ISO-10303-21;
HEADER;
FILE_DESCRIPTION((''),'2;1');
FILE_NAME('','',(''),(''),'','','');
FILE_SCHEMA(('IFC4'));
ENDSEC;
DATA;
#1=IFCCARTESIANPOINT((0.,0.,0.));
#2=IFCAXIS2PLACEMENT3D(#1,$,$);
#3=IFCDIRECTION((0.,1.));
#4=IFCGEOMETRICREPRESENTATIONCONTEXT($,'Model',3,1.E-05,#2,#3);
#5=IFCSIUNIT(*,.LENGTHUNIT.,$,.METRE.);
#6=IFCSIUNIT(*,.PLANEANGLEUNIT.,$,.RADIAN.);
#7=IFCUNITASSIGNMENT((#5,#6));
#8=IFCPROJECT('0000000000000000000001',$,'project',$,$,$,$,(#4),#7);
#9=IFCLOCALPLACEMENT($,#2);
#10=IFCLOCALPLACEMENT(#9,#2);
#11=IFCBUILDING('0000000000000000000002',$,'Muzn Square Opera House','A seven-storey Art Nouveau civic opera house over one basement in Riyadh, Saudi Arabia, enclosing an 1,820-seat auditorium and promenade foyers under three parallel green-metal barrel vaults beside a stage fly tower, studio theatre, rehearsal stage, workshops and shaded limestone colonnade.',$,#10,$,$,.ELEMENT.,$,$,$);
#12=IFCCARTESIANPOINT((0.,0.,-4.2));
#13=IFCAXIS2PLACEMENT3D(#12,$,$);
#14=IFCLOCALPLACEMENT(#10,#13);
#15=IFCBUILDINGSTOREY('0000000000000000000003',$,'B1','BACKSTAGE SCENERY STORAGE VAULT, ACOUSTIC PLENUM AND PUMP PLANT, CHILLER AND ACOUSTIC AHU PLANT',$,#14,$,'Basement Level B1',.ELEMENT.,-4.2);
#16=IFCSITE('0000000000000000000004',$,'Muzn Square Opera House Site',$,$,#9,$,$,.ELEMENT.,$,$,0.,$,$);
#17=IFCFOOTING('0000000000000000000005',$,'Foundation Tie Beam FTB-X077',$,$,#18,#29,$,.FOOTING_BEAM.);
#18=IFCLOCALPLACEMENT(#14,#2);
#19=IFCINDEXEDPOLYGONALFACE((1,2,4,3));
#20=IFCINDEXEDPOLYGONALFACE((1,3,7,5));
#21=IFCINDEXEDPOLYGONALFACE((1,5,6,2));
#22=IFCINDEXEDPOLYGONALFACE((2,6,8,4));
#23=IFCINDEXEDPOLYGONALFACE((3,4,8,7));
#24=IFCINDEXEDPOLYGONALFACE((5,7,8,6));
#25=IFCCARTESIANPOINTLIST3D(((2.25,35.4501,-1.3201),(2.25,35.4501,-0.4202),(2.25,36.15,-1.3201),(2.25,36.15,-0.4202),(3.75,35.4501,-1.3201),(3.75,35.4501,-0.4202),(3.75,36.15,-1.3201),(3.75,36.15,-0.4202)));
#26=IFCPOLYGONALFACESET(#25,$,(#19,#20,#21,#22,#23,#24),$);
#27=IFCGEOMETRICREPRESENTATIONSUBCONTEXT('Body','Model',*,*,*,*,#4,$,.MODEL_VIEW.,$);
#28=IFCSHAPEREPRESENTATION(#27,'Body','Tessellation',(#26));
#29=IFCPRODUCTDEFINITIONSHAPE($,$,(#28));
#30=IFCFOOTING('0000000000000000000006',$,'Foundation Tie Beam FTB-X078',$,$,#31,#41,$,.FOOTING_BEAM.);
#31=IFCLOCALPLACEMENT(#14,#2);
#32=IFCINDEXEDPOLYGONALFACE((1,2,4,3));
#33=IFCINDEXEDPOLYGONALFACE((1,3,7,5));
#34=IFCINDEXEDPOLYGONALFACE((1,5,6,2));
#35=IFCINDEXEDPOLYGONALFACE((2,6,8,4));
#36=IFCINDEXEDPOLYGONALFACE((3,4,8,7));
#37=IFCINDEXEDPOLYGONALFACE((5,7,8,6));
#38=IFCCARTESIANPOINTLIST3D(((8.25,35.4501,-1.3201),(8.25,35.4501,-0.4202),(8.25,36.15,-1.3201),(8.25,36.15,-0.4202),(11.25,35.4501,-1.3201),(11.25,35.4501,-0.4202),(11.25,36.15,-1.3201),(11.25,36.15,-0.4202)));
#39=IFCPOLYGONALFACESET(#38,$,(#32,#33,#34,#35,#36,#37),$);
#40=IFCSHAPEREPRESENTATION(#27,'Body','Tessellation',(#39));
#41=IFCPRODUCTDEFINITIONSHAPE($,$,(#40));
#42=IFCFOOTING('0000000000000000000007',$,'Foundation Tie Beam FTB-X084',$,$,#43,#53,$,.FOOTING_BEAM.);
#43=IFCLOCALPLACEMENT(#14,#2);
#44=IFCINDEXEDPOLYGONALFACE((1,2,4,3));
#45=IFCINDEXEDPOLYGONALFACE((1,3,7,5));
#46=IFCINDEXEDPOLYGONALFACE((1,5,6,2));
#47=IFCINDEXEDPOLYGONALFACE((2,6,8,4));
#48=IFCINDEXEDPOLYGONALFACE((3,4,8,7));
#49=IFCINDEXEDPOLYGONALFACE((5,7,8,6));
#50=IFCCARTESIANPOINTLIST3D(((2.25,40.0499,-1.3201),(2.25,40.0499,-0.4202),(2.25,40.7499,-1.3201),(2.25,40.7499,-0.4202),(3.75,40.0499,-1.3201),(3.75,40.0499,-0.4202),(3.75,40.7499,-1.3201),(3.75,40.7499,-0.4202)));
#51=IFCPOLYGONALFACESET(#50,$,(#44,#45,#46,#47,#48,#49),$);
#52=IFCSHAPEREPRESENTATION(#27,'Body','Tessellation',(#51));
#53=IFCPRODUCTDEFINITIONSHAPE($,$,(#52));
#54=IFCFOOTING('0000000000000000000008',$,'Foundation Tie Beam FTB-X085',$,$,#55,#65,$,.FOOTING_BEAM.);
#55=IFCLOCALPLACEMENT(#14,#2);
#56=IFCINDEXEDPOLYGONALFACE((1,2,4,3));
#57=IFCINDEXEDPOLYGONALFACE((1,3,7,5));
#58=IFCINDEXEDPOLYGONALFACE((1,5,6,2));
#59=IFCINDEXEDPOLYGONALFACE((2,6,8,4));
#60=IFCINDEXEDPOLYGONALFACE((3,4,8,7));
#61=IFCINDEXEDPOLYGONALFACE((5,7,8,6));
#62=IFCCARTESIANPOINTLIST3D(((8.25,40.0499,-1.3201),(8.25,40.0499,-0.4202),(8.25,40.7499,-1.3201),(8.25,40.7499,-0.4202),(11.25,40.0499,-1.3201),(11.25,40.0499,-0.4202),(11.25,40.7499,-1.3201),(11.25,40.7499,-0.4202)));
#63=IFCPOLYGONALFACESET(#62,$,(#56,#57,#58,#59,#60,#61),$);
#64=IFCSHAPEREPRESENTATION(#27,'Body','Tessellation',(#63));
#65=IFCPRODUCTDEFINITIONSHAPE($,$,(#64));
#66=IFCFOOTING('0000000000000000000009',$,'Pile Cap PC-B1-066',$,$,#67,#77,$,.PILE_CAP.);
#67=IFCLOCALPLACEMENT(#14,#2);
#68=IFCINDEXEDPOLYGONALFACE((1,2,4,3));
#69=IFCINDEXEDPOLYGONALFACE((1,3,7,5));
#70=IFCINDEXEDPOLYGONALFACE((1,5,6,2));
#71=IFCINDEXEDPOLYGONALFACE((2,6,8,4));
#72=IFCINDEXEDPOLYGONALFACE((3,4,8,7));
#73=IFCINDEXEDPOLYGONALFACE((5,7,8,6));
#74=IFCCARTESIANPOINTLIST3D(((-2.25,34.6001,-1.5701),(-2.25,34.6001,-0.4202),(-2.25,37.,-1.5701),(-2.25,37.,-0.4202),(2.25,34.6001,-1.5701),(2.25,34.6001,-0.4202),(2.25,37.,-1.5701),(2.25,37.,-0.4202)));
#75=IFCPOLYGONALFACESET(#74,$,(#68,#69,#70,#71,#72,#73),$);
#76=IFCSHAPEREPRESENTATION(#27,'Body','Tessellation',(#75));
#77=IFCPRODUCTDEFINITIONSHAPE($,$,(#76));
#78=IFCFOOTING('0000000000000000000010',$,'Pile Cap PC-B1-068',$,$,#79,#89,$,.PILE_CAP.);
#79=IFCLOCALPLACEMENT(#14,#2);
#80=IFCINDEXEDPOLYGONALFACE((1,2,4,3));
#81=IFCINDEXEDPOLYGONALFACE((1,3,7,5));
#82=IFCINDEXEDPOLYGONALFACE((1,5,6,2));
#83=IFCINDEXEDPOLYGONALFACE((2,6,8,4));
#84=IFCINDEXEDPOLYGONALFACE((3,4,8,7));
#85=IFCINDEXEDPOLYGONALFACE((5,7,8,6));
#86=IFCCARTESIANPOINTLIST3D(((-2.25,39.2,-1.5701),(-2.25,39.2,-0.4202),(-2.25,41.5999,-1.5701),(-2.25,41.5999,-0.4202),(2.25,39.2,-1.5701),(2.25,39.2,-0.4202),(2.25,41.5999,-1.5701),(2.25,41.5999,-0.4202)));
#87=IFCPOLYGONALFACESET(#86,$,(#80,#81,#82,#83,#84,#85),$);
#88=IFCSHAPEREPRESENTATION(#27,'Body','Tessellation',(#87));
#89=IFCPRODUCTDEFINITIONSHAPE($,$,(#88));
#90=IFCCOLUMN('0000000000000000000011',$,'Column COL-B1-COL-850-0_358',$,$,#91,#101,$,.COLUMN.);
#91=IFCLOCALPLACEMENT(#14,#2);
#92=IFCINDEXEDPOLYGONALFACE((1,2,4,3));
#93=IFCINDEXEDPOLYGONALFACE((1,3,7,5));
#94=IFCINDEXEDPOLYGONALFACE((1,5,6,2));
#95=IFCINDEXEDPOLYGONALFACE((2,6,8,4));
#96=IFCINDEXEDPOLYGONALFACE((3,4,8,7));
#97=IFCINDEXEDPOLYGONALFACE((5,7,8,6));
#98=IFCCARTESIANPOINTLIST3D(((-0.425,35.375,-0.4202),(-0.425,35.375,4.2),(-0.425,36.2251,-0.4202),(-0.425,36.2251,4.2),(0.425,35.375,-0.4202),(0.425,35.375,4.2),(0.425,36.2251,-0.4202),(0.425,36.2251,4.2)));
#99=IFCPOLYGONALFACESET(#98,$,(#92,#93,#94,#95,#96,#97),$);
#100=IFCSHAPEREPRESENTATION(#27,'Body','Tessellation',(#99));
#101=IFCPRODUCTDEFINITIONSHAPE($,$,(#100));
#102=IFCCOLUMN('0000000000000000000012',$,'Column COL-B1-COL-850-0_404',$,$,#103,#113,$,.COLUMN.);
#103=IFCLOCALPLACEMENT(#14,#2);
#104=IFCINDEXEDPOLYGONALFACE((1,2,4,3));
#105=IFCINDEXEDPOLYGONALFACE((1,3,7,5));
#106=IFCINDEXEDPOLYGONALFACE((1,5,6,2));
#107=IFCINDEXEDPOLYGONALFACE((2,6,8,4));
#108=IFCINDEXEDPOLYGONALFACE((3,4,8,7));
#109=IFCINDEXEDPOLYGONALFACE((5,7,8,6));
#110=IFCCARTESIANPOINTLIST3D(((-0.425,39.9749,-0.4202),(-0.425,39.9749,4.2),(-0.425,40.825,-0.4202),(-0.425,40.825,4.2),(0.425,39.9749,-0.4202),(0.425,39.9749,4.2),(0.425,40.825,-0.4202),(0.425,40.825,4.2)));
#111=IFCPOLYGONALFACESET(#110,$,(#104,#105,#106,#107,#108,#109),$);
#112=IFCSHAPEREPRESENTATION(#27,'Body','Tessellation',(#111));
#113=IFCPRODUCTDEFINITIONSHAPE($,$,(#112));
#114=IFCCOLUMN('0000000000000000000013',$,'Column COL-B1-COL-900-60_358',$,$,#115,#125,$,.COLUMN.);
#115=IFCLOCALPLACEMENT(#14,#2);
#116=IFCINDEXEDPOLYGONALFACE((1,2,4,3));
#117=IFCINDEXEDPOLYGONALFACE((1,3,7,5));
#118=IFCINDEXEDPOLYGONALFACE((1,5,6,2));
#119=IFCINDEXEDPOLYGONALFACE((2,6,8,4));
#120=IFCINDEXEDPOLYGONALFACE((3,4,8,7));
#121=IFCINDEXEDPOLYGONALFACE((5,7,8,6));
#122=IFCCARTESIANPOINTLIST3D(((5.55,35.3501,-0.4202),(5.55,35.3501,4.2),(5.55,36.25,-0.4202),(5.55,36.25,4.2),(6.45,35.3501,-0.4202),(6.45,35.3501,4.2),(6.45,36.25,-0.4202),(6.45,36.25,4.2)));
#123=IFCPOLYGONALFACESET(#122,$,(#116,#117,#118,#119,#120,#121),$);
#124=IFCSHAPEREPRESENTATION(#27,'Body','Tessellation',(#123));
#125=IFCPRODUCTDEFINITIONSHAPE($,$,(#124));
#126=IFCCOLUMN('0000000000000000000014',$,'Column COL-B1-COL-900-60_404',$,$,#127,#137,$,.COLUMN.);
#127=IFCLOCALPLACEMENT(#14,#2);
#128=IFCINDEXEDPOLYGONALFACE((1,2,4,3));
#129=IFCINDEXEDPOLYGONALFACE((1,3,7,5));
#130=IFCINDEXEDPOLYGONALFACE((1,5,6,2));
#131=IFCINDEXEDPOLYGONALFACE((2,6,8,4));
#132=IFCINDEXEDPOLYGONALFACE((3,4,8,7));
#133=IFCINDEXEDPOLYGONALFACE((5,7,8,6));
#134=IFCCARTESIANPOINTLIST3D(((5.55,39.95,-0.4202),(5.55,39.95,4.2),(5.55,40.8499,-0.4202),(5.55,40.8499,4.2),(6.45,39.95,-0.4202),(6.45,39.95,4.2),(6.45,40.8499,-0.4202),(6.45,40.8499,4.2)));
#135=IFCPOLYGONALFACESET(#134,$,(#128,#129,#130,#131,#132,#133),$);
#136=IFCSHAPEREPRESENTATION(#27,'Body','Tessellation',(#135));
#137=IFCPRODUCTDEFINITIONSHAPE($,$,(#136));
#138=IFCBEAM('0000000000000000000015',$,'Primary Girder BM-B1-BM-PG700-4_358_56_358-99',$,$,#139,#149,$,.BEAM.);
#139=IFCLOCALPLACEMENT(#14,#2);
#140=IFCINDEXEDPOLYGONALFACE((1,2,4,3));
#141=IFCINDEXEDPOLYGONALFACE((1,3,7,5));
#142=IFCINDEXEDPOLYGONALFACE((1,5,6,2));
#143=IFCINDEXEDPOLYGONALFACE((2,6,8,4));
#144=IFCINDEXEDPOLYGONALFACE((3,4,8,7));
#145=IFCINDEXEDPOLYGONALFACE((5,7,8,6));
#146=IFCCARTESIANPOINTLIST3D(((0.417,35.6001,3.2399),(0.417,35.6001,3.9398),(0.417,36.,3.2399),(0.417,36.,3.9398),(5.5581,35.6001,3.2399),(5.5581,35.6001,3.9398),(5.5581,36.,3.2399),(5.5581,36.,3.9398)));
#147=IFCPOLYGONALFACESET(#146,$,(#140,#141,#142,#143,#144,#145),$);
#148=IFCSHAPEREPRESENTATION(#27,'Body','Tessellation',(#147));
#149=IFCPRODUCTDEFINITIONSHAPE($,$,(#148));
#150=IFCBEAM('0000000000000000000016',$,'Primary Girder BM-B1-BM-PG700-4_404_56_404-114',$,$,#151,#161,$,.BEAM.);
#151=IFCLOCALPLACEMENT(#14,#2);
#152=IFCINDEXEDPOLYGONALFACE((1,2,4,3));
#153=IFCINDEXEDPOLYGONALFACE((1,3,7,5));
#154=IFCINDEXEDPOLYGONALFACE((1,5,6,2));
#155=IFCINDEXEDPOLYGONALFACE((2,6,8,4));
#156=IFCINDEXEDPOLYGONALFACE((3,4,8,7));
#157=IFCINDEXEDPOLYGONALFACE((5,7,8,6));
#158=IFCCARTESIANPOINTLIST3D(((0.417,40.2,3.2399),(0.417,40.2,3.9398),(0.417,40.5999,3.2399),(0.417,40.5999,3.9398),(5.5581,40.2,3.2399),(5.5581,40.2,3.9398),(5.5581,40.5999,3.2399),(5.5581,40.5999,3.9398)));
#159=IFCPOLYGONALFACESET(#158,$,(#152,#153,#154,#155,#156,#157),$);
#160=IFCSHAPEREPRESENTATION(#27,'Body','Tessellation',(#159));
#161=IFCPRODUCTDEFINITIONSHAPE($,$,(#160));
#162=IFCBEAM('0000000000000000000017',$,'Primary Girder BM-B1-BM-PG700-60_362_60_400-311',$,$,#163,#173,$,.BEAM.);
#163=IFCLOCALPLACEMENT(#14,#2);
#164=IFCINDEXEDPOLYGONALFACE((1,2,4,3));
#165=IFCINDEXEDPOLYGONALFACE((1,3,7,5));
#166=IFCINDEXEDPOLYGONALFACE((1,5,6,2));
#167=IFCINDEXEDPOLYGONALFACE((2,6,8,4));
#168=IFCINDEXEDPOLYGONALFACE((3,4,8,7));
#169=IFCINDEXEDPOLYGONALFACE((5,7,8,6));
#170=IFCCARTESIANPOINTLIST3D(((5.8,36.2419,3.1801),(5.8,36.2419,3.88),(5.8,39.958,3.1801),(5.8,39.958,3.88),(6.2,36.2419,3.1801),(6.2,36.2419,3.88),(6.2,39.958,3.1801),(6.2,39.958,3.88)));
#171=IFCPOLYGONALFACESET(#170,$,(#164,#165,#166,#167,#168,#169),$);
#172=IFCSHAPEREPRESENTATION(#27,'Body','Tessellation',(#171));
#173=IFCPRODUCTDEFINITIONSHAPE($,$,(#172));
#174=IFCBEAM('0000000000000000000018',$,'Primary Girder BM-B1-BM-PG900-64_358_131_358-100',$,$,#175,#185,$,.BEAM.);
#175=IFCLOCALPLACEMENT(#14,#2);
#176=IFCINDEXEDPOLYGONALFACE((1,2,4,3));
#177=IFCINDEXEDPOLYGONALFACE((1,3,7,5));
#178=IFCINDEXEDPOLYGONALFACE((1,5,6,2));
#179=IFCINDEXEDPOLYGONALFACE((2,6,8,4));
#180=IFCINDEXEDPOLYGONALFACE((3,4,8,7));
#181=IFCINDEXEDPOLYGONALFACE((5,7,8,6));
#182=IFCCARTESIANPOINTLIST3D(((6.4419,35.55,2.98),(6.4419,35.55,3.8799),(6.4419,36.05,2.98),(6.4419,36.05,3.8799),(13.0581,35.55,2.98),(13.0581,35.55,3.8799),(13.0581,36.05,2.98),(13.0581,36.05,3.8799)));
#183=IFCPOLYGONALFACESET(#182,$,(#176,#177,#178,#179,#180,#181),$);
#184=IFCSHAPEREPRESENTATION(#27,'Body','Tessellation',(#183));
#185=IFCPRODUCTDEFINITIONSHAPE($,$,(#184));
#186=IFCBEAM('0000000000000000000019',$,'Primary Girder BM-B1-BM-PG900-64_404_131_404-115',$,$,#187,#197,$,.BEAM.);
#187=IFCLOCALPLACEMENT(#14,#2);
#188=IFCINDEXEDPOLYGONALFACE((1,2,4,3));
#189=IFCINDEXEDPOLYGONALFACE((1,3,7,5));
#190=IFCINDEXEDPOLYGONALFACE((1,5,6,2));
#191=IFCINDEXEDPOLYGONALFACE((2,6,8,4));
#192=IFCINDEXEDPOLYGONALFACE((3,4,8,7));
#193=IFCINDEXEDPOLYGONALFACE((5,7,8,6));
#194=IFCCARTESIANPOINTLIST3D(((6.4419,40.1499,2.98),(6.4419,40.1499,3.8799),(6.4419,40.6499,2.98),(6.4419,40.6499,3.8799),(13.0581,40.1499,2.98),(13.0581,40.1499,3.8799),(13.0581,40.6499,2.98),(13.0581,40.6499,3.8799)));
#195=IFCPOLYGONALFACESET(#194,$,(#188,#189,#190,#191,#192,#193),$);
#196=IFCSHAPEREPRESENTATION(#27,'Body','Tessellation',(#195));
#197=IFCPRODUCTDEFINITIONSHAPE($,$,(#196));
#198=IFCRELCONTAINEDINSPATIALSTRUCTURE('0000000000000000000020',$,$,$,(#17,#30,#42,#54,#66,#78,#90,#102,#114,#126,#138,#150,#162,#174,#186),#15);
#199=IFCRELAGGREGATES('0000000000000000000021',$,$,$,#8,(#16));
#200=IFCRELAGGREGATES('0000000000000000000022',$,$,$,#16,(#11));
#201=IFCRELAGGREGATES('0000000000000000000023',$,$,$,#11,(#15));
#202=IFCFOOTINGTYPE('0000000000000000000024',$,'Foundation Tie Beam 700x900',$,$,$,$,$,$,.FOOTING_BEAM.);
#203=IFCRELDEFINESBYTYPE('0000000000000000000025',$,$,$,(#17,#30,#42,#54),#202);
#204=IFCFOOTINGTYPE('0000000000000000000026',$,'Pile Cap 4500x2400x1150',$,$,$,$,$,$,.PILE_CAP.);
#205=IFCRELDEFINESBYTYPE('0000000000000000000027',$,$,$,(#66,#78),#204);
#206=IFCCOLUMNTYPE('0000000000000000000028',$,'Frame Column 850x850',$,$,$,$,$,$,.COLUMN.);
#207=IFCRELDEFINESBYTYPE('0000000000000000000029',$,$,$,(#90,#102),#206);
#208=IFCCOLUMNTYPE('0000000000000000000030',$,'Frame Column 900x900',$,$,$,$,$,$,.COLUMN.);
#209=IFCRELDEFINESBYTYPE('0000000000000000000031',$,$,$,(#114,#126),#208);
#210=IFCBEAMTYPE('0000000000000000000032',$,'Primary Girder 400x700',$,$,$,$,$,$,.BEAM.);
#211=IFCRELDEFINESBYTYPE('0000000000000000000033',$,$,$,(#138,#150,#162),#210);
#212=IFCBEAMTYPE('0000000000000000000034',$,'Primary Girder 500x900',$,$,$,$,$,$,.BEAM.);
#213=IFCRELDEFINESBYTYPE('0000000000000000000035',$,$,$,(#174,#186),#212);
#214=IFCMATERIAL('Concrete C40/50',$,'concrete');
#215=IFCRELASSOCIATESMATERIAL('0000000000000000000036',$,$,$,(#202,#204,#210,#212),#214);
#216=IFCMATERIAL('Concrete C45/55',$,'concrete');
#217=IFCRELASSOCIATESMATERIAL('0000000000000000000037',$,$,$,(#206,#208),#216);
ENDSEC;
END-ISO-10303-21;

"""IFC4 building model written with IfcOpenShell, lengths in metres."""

from ifc_helpers import new_model, si_unit, direction, frame, origin, origin_2d, place, context, subcontext, project, spatial, rectangle, extrude, material, material_profile, profile_set, type_object, element, save


model = new_model("IFC4")

# Units and contexts
model_context = context("Model", 3, precision=1e-05, world=origin(), true_north=direction((0.0, 1.0)))
body_context = subcontext(model_context, "Body", "Model", "MODEL_VIEW")
ifc_project = project(units=[si_unit("LENGTHUNIT", "METRE"), si_unit("PLANEANGLEUNIT", "RADIAN")], contexts=[model_context])

# Site, building, storey
site_placement = place(None, origin())
site = spatial("IfcSite", under=ifc_project, at=site_placement, Name="Muzn Square Opera House Site", CompositionType="ELEMENT", RefElevation=0.0)
building_placement = place(site_placement, origin())
building = spatial("IfcBuilding", under=site, at=building_placement, Name="Muzn Square Opera House", Description="A seven-storey Art Nouveau civic opera house over one basement in Riyadh, Saudi Arabia, enclosing an 1,820-seat auditorium and promenade foyers under three parallel green-metal barrel vaults beside a stage fly tower, studio theatre, rehearsal stage, workshops and shaded limestone colonnade.", CompositionType="ELEMENT")
storey_placement = place(building_placement, frame((0.0, 0.0, -4.2)))
storey = spatial("IfcBuildingStorey", under=building, at=storey_placement, Name="B1", Description="BACKSTAGE SCENERY STORAGE VAULT, ACOUSTIC PLENUM AND PUMP PLANT, CHILLER AND ACOUSTIC AHU PLANT", LongName="Basement Level B1", CompositionType="ELEMENT", Elevation=-4.2)

# Shared definitions
ifc_material_1 = material(Name="Concrete C40/50", Category="concrete")

# Footings
ifc_material_profile_1 = material_profile(ifc_material_1, rectangle(XDim=0.7, YDim=0.8999, at=origin_2d()), Name="RCTB 700x900", Category="concrete")
ifc_profile_set_1 = profile_set([ifc_material_profile_1], Name="Concrete C40/50")
footing_type_1 = type_object("IfcFootingType", Name="Foundation Tie Beam 700x900", PredefinedType="FOOTING_BEAM", material=ifc_profile_set_1)
footing_1_placement = place(storey_placement, frame((2.25, 35.8, -0.8701), z_axis=(1.0, 0.0, 0.0), x_axis=(0.0, 1.0, 0.0)))
element("IfcFooting", 1, at=footing_1_placement, inside=storey, type_object=footing_type_1, Name="Foundation Tie Beam FTB-X077", PredefinedType="FOOTING_BEAM", context=body_context, shape_type="SweptSolid", body=[
    extrude(rectangle(XDim=0.7, YDim=0.8999, at=origin_2d()), origin(), (0.0, 0.0, 1.0), 1.5),
])
footing_2_placement = place(storey_placement, frame((8.25, 35.8, -0.8701), z_axis=(1.0, 0.0, 0.0), x_axis=(0.0, 1.0, 0.0)))
element("IfcFooting", 2, at=footing_2_placement, inside=storey, type_object=footing_type_1, Name="Foundation Tie Beam FTB-X078", PredefinedType="FOOTING_BEAM", context=body_context, shape_type="SweptSolid", body=[
    extrude(rectangle(XDim=0.7, YDim=0.8999, at=origin_2d()), origin(), (0.0, 0.0, 1.0), 3.0),
])
footing_3_placement = place(storey_placement, frame((2.25, 40.3999, -0.8701), z_axis=(1.0, 0.0, 0.0), x_axis=(0.0, 1.0, 0.0)))
element("IfcFooting", 3, at=footing_3_placement, inside=storey, type_object=footing_type_1, Name="Foundation Tie Beam FTB-X084", PredefinedType="FOOTING_BEAM", context=body_context, shape_type="SweptSolid", body=[
    extrude(rectangle(XDim=0.7, YDim=0.8999, at=origin_2d()), origin(), (0.0, 0.0, 1.0), 1.5),
])
footing_4_placement = place(storey_placement, frame((8.25, 40.3999, -0.8701), z_axis=(1.0, 0.0, 0.0), x_axis=(0.0, 1.0, 0.0)))
element("IfcFooting", 4, at=footing_4_placement, inside=storey, type_object=footing_type_1, Name="Foundation Tie Beam FTB-X085", PredefinedType="FOOTING_BEAM", context=body_context, shape_type="SweptSolid", body=[
    extrude(rectangle(XDim=0.7, YDim=0.8999, at=origin_2d()), origin(), (0.0, 0.0, 1.0), 3.0),
])
footing_type_2 = type_object("IfcFootingType", Name="Pile Cap 4500x2400x1150", PredefinedType="PILE_CAP", material=ifc_material_1)
for number, where, z_axis, x_axis, name in (
    (5, (0.0, 35.8, -1.5701), (0.0, 0.0, 1.0), (1.0, 0.0, 0.0), "Pile Cap PC-B1-066"),
    (6, (0.0, 40.3999, -1.5701), (0.0, 0.0, 1.0), (1.0, 0.0, 0.0), "Pile Cap PC-B1-068"),
):
    element("IfcFooting", number, at=place(storey_placement, frame(where, z_axis=z_axis, x_axis=x_axis)), inside=storey, type_object=footing_type_2, Name=name, PredefinedType="PILE_CAP", context=body_context, shape_type="SweptSolid", body=[
        extrude(rectangle(XDim=4.5, YDim=2.3999, at=origin_2d()), origin(), (0.0, 0.0, 1.0), 1.1499),
    ])

# Columns
ifc_material_2 = material(Name="Concrete C45/55", Category="concrete")
ifc_material_profile_2 = material_profile(ifc_material_2, rectangle(XDim=0.8501, YDim=0.8501, at=origin_2d()), Name="RC 850x850", Category="concrete")
ifc_profile_set_2 = profile_set([ifc_material_profile_2], Name="Concrete C45/55")
column_type_1 = type_object("IfcColumnType", Name="Frame Column 850x850", PredefinedType="COLUMN", material=ifc_profile_set_2)
for number, where, z_axis, x_axis, name in (
    (7, (0.0, 35.8, -0.4202), (0.0, 0.0, 1.0), (1.0, 0.0, 0.0), "Column COL-B1-COL-850-0_358"),
    (8, (0.0, 40.3999, -0.4202), (0.0, 0.0, 1.0), (1.0, 0.0, 0.0), "Column COL-B1-COL-850-0_404"),
):
    element("IfcColumn", number, at=place(storey_placement, frame(where, z_axis=z_axis, x_axis=x_axis)), inside=storey, type_object=column_type_1, Name=name, PredefinedType="COLUMN", context=body_context, shape_type="SweptSolid", body=[
        extrude(rectangle(XDim=0.8501, YDim=0.8501, at=origin_2d()), origin(), (0.0, 0.0, 1.0), 4.6201),
    ])
ifc_material_profile_3 = material_profile(ifc_material_2, rectangle(XDim=0.8999, YDim=0.8999, at=origin_2d()), Name="RC 900x900", Category="concrete")
ifc_profile_set_3 = profile_set([ifc_material_profile_3], Name="Concrete C45/55")
column_type_2 = type_object("IfcColumnType", Name="Frame Column 900x900", PredefinedType="COLUMN", material=ifc_profile_set_3)
for number, where, z_axis, x_axis, name in (
    (9, (6.0, 35.8, -0.4202), (0.0, 0.0, 1.0), (1.0, 0.0, 0.0), "Column COL-B1-COL-900-60_358"),
    (10, (6.0, 40.3999, -0.4202), (0.0, 0.0, 1.0), (1.0, 0.0, 0.0), "Column COL-B1-COL-900-60_404"),
):
    element("IfcColumn", number, at=place(storey_placement, frame(where, z_axis=z_axis, x_axis=x_axis)), inside=storey, type_object=column_type_2, Name=name, PredefinedType="COLUMN", context=body_context, shape_type="SweptSolid", body=[
        extrude(rectangle(XDim=0.8999, YDim=0.8999, at=origin_2d()), origin(), (0.0, 0.0, 1.0), 4.6201),
    ])

# Beams
ifc_material_profile_4 = material_profile(ifc_material_1, rectangle(XDim=0.3999, YDim=0.7, at=origin_2d()), Name="RCB 400x700", Category="concrete")
ifc_profile_set_4 = profile_set([ifc_material_profile_4], Name="Concrete C40/50")
beam_type_1 = type_object("IfcBeamType", Name="Primary Girder 400x700", PredefinedType="BEAM", material=ifc_profile_set_4)
for number, where, z_axis, x_axis, name in (
    (11, (0.417, 35.8, 3.5898), (1.0, 0.0, 0.0), (0.0, 1.0, 0.0), "Primary Girder BM-B1-BM-PG700-4_358_56_358-99"),
    (12, (0.417, 40.3999, 3.5898), (1.0, 0.0, 0.0), (0.0, 1.0, 0.0), "Primary Girder BM-B1-BM-PG700-4_404_56_404-114"),
):
    element("IfcBeam", number, at=place(storey_placement, frame(where, z_axis=z_axis, x_axis=x_axis)), inside=storey, type_object=beam_type_1, Name=name, PredefinedType="BEAM", context=body_context, shape_type="SweptSolid", body=[
        extrude(rectangle(XDim=0.3999, YDim=0.7, at=origin_2d()), origin(), (0.0, 0.0, 1.0), 5.1411),
    ])
beam_1_placement = place(storey_placement, frame((6.0, 36.2419, 3.53), z_axis=(0.0, 1.0, 0.0), x_axis=(-1.0, 0.0, 0.0)))
element("IfcBeam", 13, at=beam_1_placement, inside=storey, type_object=beam_type_1, Name="Primary Girder BM-B1-BM-PG700-60_362_60_400-311", PredefinedType="BEAM", context=body_context, shape_type="SweptSolid", body=[
    extrude(rectangle(XDim=0.3999, YDim=0.7, at=origin_2d()), origin(), (0.0, 0.0, 1.0), 3.7161),
])
ifc_material_profile_5 = material_profile(ifc_material_1, rectangle(XDim=0.5, YDim=0.8999, at=origin_2d()), Name="RCB 500x900", Category="concrete")
ifc_profile_set_5 = profile_set([ifc_material_profile_5], Name="Concrete C40/50")
beam_type_2 = type_object("IfcBeamType", Name="Primary Girder 500x900", PredefinedType="BEAM", material=ifc_profile_set_5)
for number, where, z_axis, x_axis, name in (
    (14, (6.4419, 35.8, 3.4299), (1.0, 0.0, 0.0), (0.0, 1.0, 0.0), "Primary Girder BM-B1-BM-PG900-64_358_131_358-100"),
    (15, (6.4419, 40.3999, 3.4299), (1.0, 0.0, 0.0), (0.0, 1.0, 0.0), "Primary Girder BM-B1-BM-PG900-64_404_131_404-115"),
):
    element("IfcBeam", number, at=place(storey_placement, frame(where, z_axis=z_axis, x_axis=x_axis)), inside=storey, type_object=beam_type_2, Name=name, PredefinedType="BEAM", context=body_context, shape_type="SweptSolid", body=[
        extrude(rectangle(XDim=0.5, YDim=0.8999, at=origin_2d()), origin(), (0.0, 0.0, 1.0), 6.6162),
    ])

save(model, "model.ifc")
